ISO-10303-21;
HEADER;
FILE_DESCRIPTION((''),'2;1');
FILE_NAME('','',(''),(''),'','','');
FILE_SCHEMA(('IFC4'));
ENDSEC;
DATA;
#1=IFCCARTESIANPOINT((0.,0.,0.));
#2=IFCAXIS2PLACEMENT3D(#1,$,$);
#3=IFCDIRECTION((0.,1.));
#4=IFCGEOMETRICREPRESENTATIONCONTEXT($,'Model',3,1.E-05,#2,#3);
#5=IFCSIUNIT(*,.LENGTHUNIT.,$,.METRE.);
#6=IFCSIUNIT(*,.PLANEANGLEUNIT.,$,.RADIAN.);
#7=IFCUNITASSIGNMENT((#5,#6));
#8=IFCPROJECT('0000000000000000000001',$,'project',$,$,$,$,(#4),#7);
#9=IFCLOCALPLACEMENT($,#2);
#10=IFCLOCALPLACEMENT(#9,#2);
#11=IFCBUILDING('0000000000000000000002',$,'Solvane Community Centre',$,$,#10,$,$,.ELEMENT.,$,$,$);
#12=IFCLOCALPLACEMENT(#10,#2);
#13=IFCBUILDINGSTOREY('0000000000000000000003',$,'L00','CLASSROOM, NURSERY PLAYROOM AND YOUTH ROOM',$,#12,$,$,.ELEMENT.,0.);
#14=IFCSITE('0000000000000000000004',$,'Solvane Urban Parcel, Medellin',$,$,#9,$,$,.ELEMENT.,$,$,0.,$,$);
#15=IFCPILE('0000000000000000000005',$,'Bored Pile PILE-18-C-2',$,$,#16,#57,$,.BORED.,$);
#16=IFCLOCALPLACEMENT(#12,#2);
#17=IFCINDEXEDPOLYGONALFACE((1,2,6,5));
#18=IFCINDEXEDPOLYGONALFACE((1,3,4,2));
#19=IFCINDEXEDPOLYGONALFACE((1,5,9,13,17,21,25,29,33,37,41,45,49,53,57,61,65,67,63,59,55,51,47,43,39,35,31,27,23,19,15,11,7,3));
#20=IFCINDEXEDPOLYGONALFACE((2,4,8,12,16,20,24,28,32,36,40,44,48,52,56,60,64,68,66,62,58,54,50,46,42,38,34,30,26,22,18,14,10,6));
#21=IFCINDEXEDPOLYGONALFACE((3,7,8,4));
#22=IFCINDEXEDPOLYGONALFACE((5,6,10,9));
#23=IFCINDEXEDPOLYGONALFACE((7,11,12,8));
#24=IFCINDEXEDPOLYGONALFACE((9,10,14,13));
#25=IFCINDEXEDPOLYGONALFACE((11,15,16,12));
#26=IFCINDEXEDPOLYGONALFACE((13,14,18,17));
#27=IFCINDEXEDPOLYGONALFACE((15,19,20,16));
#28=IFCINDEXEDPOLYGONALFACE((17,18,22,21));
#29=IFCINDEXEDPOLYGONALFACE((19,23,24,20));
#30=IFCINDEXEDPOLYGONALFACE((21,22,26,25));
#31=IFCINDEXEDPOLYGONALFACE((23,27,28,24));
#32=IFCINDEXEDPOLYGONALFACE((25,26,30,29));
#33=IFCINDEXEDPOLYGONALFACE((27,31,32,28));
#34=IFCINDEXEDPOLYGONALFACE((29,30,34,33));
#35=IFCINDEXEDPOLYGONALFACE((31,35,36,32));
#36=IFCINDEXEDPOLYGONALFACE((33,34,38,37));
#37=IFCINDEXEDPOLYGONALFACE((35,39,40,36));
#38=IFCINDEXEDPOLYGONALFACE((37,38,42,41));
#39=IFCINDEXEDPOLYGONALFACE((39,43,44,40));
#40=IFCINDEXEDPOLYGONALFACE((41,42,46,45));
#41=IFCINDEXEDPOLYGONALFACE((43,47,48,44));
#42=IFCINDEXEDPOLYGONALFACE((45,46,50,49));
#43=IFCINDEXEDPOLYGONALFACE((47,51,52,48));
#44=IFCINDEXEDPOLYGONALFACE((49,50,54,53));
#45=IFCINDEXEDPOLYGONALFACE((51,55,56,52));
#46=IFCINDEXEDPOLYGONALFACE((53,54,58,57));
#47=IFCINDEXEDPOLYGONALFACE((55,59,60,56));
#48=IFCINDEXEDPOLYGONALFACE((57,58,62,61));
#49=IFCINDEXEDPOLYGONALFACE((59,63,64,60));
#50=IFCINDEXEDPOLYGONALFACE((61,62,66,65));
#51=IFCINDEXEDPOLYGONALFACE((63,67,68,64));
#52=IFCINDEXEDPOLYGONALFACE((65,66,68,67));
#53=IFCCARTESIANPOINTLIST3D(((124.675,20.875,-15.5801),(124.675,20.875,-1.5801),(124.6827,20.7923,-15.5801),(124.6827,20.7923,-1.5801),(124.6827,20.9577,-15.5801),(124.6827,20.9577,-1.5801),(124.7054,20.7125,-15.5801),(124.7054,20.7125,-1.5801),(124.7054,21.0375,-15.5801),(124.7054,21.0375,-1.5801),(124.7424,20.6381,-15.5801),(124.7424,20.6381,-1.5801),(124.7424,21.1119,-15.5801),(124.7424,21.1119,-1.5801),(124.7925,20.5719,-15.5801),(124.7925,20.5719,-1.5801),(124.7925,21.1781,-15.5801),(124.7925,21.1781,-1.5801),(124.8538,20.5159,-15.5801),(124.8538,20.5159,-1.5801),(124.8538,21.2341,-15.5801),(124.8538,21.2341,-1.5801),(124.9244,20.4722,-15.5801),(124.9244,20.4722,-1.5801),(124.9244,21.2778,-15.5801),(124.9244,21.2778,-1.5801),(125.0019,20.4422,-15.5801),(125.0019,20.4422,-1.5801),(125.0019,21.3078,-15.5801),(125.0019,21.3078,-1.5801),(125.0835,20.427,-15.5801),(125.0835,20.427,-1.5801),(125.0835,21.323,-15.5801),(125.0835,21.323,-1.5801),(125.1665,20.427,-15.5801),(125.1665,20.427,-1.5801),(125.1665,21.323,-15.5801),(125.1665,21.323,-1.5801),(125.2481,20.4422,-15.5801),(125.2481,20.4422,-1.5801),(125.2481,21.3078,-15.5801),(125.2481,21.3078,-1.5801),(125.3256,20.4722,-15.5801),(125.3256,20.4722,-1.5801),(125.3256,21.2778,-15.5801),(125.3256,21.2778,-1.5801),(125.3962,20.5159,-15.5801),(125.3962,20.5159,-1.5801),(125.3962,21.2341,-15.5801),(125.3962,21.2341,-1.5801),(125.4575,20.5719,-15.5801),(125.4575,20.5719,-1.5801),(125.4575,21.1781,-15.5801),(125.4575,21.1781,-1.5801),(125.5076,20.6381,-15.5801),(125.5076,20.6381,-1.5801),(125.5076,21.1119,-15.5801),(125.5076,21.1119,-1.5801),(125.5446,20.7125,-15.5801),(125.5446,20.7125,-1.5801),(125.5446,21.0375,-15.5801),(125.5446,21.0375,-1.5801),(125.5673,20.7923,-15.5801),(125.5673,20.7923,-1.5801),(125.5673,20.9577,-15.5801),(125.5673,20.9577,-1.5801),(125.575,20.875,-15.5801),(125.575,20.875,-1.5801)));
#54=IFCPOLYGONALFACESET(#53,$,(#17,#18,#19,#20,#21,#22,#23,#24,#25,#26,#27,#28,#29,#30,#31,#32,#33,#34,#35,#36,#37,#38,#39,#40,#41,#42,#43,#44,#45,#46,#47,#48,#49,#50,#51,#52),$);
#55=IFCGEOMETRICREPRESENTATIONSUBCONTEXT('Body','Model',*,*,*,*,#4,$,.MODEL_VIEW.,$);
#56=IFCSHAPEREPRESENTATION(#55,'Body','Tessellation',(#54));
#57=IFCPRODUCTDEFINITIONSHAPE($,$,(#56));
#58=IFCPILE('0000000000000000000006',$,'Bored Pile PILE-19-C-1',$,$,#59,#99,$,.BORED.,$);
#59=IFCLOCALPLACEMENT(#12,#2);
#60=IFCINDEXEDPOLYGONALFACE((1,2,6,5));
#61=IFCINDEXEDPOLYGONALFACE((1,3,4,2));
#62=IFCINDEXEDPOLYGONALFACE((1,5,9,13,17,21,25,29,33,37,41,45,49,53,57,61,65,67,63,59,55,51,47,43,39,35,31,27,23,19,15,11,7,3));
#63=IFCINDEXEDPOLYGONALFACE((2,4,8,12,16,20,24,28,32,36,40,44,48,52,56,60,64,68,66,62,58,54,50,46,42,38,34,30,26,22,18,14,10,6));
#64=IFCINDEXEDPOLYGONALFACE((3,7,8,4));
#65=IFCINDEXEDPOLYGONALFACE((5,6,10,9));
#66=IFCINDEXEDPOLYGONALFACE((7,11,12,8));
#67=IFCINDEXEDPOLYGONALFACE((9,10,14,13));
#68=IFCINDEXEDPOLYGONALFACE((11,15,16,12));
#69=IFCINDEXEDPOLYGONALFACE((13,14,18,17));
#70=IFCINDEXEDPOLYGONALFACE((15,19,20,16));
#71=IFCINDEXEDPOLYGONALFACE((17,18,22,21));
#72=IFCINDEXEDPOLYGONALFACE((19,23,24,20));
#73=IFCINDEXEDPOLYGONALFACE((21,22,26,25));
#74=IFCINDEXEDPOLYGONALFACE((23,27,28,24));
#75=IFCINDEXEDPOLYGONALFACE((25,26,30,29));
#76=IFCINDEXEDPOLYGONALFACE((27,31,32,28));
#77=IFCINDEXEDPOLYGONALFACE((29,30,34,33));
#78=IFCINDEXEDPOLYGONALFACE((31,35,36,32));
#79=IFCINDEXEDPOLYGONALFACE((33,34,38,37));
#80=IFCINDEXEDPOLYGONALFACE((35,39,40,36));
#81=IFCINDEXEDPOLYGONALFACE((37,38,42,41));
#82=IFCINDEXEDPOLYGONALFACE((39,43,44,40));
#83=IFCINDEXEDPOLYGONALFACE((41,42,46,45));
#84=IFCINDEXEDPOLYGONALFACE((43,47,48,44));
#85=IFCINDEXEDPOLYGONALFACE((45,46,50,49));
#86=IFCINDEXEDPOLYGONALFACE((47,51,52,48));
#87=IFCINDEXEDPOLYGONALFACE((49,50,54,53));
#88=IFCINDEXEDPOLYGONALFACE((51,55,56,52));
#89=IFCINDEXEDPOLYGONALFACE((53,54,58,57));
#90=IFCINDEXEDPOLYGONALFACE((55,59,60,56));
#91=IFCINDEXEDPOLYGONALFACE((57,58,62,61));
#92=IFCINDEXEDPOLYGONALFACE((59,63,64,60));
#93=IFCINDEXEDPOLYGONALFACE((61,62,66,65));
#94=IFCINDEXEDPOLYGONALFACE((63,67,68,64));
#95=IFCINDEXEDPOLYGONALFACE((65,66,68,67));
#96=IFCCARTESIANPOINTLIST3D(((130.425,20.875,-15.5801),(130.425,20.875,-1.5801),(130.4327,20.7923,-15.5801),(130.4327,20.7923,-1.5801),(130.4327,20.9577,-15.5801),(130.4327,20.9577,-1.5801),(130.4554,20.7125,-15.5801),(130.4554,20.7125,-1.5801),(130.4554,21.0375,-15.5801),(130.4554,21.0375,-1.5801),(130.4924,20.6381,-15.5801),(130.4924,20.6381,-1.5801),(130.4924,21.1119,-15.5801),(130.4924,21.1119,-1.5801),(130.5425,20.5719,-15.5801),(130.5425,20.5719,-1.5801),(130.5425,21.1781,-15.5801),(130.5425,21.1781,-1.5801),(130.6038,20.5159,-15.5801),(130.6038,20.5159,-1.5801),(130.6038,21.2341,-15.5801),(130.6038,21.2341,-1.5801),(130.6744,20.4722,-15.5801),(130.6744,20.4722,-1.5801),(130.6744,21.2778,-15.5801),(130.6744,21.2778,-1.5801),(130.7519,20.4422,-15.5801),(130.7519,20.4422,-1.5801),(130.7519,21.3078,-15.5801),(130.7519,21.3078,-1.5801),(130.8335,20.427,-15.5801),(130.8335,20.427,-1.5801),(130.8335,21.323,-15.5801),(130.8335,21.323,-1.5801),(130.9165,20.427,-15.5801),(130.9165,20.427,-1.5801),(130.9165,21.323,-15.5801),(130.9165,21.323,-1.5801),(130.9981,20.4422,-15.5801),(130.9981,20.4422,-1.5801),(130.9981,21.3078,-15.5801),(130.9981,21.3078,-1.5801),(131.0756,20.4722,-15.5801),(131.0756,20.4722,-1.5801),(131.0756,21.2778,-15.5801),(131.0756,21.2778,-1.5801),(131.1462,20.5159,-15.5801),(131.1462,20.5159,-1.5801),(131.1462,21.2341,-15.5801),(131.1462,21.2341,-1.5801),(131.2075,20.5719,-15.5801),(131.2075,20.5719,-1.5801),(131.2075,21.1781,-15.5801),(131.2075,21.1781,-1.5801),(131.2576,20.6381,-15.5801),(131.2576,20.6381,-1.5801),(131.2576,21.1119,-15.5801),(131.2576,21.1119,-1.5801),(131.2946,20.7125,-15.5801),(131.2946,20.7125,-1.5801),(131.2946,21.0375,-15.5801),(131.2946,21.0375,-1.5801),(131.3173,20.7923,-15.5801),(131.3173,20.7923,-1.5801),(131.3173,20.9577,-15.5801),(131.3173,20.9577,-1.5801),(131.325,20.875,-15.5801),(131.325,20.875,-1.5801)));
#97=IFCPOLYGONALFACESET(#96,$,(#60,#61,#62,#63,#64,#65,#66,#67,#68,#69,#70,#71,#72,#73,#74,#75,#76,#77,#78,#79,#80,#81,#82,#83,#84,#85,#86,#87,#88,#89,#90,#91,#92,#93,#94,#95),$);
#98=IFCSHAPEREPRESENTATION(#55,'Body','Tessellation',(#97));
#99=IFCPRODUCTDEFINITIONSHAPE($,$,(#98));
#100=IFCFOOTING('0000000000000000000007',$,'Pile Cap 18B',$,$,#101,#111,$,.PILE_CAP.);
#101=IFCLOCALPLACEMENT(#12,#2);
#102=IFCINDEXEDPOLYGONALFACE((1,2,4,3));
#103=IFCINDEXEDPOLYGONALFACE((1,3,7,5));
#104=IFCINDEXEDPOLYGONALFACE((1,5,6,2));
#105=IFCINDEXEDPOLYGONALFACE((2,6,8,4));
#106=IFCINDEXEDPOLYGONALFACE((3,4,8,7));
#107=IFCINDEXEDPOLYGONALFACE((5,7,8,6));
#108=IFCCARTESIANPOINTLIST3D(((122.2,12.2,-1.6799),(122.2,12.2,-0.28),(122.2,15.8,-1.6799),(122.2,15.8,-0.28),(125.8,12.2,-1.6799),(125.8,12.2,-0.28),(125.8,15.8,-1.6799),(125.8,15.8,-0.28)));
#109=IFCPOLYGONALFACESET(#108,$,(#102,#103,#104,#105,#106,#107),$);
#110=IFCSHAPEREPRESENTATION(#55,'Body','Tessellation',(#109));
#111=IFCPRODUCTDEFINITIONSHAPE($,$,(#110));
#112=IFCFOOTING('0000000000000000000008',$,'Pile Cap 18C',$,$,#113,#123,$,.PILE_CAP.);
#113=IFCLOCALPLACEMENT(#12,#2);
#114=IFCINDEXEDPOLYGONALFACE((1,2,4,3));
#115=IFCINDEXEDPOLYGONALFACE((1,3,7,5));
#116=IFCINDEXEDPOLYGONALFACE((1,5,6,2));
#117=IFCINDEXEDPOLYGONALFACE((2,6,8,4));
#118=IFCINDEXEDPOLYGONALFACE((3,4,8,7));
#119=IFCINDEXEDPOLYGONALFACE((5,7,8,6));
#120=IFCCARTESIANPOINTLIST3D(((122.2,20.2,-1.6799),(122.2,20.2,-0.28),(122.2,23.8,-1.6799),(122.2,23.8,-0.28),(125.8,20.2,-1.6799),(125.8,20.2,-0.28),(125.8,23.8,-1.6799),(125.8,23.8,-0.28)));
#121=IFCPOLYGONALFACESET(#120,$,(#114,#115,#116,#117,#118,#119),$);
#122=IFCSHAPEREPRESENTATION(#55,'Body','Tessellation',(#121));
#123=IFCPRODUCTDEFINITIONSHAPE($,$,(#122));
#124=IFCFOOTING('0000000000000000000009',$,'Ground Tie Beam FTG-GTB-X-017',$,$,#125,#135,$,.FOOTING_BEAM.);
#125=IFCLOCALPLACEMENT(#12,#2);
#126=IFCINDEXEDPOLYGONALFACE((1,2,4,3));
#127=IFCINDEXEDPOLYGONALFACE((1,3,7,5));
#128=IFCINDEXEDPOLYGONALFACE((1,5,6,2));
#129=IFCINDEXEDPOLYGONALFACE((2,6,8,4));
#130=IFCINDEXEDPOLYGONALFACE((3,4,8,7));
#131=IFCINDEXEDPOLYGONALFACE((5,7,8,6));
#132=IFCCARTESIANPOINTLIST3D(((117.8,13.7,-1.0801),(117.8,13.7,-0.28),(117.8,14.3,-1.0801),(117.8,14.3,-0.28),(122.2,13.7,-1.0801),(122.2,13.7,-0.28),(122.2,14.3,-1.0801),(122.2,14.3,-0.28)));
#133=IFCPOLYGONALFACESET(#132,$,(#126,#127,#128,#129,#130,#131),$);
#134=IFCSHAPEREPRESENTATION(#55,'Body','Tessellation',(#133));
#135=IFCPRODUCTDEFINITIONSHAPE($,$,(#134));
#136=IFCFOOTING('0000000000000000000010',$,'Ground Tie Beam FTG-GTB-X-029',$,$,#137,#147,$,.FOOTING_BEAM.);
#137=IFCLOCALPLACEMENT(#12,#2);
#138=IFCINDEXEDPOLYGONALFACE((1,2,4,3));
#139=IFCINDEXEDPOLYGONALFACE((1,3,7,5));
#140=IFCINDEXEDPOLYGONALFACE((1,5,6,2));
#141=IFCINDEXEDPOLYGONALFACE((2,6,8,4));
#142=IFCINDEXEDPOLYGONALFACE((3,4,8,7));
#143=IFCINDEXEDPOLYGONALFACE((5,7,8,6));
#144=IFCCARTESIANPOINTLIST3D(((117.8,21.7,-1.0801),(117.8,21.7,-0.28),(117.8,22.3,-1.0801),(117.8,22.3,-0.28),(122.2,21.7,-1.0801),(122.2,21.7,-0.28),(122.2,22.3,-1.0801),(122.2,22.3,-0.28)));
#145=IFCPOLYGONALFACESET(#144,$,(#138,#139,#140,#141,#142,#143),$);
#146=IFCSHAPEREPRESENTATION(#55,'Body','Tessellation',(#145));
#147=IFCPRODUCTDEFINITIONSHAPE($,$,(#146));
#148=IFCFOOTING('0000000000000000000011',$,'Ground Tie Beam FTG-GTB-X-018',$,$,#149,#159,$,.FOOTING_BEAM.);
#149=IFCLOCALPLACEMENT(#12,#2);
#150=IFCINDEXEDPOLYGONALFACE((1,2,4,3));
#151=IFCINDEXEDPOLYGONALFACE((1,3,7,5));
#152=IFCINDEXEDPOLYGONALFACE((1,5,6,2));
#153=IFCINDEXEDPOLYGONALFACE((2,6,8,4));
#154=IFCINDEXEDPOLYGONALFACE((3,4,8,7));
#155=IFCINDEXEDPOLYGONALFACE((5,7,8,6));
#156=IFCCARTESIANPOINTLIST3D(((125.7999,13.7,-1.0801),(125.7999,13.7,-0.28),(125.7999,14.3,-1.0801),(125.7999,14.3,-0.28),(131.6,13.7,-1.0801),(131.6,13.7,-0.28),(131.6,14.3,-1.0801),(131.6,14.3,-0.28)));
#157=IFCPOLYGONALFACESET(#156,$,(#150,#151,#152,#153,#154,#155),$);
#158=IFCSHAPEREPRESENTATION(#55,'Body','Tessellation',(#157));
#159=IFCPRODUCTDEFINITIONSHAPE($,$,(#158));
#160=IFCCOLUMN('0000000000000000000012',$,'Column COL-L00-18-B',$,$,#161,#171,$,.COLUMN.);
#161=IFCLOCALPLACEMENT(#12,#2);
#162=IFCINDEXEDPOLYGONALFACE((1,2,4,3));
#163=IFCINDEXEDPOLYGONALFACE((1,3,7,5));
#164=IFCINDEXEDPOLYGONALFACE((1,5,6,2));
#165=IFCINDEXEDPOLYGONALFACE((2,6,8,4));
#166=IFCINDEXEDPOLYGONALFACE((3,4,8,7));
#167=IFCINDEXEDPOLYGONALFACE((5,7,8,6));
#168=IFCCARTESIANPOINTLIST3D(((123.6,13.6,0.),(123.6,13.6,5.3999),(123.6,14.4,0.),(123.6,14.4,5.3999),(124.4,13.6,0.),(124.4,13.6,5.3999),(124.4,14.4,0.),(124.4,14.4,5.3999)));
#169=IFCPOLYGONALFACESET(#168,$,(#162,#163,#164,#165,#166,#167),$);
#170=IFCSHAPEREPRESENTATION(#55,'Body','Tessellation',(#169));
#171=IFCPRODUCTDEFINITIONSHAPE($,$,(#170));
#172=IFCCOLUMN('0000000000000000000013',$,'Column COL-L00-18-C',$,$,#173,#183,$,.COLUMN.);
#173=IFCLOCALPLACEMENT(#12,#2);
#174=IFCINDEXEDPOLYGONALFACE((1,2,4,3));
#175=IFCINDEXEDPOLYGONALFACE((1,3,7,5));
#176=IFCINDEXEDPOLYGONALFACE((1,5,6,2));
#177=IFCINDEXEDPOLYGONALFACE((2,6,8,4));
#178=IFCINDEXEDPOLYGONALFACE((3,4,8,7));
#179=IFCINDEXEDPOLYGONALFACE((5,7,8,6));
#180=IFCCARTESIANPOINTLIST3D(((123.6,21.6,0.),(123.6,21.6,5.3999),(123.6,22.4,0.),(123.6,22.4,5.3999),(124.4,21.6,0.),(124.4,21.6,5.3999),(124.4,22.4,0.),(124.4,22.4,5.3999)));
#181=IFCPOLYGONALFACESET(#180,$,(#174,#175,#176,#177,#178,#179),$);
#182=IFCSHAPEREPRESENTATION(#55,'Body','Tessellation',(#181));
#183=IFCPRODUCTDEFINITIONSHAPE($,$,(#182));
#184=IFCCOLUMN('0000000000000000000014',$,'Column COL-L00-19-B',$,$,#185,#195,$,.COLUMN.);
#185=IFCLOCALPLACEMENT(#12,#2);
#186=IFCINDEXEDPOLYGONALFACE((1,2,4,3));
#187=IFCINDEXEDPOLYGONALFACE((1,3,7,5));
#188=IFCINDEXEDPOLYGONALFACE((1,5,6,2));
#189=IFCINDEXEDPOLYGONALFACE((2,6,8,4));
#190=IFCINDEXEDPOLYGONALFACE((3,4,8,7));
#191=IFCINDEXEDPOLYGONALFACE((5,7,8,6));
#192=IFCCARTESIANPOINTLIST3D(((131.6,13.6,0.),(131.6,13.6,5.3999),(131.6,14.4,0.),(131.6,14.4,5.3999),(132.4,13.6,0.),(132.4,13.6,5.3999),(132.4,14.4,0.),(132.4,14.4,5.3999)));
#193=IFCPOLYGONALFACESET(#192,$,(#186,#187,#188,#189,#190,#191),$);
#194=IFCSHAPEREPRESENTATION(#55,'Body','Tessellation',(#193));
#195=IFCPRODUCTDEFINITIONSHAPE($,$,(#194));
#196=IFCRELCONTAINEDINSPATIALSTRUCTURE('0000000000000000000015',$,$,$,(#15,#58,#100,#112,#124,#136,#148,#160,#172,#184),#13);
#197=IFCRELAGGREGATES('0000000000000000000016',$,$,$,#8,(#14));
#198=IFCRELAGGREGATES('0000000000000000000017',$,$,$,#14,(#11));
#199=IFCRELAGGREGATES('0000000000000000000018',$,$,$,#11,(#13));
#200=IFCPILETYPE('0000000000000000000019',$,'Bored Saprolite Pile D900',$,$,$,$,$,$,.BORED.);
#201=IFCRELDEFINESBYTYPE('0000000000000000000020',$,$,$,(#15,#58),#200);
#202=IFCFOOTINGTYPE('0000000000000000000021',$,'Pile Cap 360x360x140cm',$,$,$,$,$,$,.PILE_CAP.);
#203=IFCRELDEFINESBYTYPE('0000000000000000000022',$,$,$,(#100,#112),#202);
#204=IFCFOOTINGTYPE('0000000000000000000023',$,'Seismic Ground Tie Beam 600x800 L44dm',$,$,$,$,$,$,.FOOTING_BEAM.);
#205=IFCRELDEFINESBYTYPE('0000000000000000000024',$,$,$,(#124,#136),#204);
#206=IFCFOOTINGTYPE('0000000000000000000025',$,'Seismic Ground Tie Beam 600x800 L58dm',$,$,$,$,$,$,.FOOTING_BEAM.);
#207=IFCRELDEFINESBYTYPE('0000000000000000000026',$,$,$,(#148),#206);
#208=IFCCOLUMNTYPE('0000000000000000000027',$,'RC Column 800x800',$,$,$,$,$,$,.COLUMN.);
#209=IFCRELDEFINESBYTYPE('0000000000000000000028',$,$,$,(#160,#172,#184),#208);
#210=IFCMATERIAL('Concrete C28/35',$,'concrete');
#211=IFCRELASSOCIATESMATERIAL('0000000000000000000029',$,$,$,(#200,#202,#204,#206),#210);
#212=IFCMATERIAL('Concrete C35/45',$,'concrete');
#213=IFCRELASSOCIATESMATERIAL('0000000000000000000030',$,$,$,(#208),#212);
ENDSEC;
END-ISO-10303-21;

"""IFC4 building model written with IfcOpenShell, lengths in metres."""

from ifc_helpers import new_model, si_unit, direction, frame, origin, origin_2d, place, context, subcontext, project, spatial, rectangle, circle, extrude, material, material_profile, profile_set, type_object, element, save


model = new_model("IFC4")

# Units and contexts
model_context = context("Model", 3, precision=1e-05, world=origin(), true_north=direction((0.0, 1.0)))
body_context = subcontext(model_context, "Body", "Model", "MODEL_VIEW")
ifc_project = project(units=[si_unit("LENGTHUNIT", "METRE"), si_unit("PLANEANGLEUNIT", "RADIAN")], contexts=[model_context])

# Site, building, storey
site_placement = place(None, origin())
site = spatial("IfcSite", under=ifc_project, at=site_placement, Name="Solvane Urban Parcel, Medellin", CompositionType="ELEMENT", RefElevation=0.0)
building_placement = place(site_placement, origin())
building = spatial("IfcBuilding", under=site, at=building_placement, Name="Solvane Community Centre", CompositionType="ELEMENT")
storey_placement = place(building_placement, origin())
storey = spatial("IfcBuildingStorey", under=building, at=storey_placement, Name="L00", Description="CLASSROOM, NURSERY PLAYROOM AND YOUTH ROOM", CompositionType="ELEMENT", Elevation=0.0)

# Piles
ifc_material_1 = material(Name="Concrete C28/35", Category="concrete")
ifc_material_profile_1 = material_profile(ifc_material_1, circle(Radius=0.45, at=origin_2d()), Name="PILE D900")
ifc_profile_set_1 = profile_set([ifc_material_profile_1], Name="Concrete C28/35")
pile_type = type_object("IfcPileType", Name="Bored Saprolite Pile D900", PredefinedType="BORED", material=ifc_profile_set_1)
for number, where, z_axis, x_axis, name in (
    (1, (125.125, 20.875, -1.5801), (0.0, 0.0, -1.0), (1.0, 0.0, 0.0), "Bored Pile PILE-18-C-2"),
    (2, (130.875, 20.875, -1.5801), (0.0, 0.0, -1.0), (1.0, 0.0, 0.0), "Bored Pile PILE-19-C-1"),
):
    element("IfcPile", number, at=place(storey_placement, frame(where, z_axis=z_axis, x_axis=x_axis)), inside=storey, type_object=pile_type, Name=name, PredefinedType="BORED", context=body_context, shape_type="SweptSolid", body=[
        extrude(circle(Radius=0.45, at=origin_2d()), origin(), (0.0, 0.0, 1.0), 14.0),
    ])

# Footings
footing_type_1 = type_object("IfcFootingType", Name="Pile Cap 360x360x140cm", PredefinedType="PILE_CAP", material=ifc_material_1)
for number, where, z_axis, x_axis, name in (
    (3, (124.0, 14.0, -1.6799), (0.0, 0.0, 1.0), (1.0, 0.0, 0.0), "Pile Cap 18B"),
    (4, (124.0, 22.0, -1.6799), (0.0, 0.0, 1.0), (1.0, 0.0, 0.0), "Pile Cap 18C"),
):
    element("IfcFooting", number, at=place(storey_placement, frame(where, z_axis=z_axis, x_axis=x_axis)), inside=storey, type_object=footing_type_1, Name=name, PredefinedType="PILE_CAP", context=body_context, shape_type="SweptSolid", body=[
        extrude(rectangle(XDim=3.6001, YDim=3.6001, at=origin_2d()), origin(), (0.0, 0.0, 1.0), 1.3999),
    ])
footing_type_2 = type_object("IfcFootingType", Name="Seismic Ground Tie Beam 600x800 L44dm", PredefinedType="FOOTING_BEAM", material=ifc_material_1)
for number, where, z_axis, x_axis, name in (
    (5, (120.0, 14.0, -1.0801), (0.0, 0.0, 1.0), (1.0, 0.0, 0.0), "Ground Tie Beam FTG-GTB-X-017"),
    (6, (120.0, 22.0, -1.0801), (0.0, 0.0, 1.0), (1.0, 0.0, 0.0), "Ground Tie Beam FTG-GTB-X-029"),
):
    element("IfcFooting", number, at=place(storey_placement, frame(where, z_axis=z_axis, x_axis=x_axis)), inside=storey, type_object=footing_type_2, Name=name, PredefinedType="FOOTING_BEAM", context=body_context, shape_type="SweptSolid", body=[
        extrude(rectangle(XDim=4.3999, YDim=0.6001, at=origin_2d()), origin(), (0.0, 0.0, 1.0), 0.8),
    ])
footing_type_3 = type_object("IfcFootingType", Name="Seismic Ground Tie Beam 600x800 L58dm", PredefinedType="FOOTING_BEAM", material=ifc_material_1)
footing_placement = place(storey_placement, frame((128.7, 14.0, -1.0801), z_axis=(0.0, 0.0, 1.0), x_axis=(1.0, 0.0, 0.0)))
element("IfcFooting", 7, at=footing_placement, inside=storey, type_object=footing_type_3, Name="Ground Tie Beam FTG-GTB-X-018", PredefinedType="FOOTING_BEAM", context=body_context, shape_type="SweptSolid", body=[
    extrude(rectangle(XDim=5.8, YDim=0.6001, at=origin_2d()), origin(), (0.0, 0.0, 1.0), 0.8),
])

# Columns
ifc_material_2 = material(Name="Concrete C35/45", Category="concrete")
ifc_material_profile_2 = material_profile(ifc_material_2, rectangle(XDim=0.8, YDim=0.8, at=origin_2d()), Name="RC 800x800")
ifc_profile_set_2 = profile_set([ifc_material_profile_2], Name="Concrete C35/45")
column_type = type_object("IfcColumnType", Name="RC Column 800x800", PredefinedType="COLUMN", material=ifc_profile_set_2)
for number, where, z_axis, x_axis, name in (
    (8, (124.0, 14.0, 0.0), (0.0, 0.0, 1.0), (1.0, 0.0, 0.0), "Column COL-L00-18-B"),
    (9, (124.0, 22.0, 0.0), (0.0, 0.0, 1.0), (1.0, 0.0, 0.0), "Column COL-L00-18-C"),
    (10, (132.0, 14.0, 0.0), (0.0, 0.0, 1.0), (1.0, 0.0, 0.0), "Column COL-L00-19-B"),
):
    element("IfcColumn", number, at=place(storey_placement, frame(where, z_axis=z_axis, x_axis=x_axis)), inside=storey, type_object=column_type, Name=name, PredefinedType="COLUMN", context=body_context, shape_type="SweptSolid", body=[
        extrude(rectangle(XDim=0.8, YDim=0.8, at=origin_2d()), origin(), (0.0, 0.0, 1.0), 5.3999),
    ])

save(model, "model.ifc")
